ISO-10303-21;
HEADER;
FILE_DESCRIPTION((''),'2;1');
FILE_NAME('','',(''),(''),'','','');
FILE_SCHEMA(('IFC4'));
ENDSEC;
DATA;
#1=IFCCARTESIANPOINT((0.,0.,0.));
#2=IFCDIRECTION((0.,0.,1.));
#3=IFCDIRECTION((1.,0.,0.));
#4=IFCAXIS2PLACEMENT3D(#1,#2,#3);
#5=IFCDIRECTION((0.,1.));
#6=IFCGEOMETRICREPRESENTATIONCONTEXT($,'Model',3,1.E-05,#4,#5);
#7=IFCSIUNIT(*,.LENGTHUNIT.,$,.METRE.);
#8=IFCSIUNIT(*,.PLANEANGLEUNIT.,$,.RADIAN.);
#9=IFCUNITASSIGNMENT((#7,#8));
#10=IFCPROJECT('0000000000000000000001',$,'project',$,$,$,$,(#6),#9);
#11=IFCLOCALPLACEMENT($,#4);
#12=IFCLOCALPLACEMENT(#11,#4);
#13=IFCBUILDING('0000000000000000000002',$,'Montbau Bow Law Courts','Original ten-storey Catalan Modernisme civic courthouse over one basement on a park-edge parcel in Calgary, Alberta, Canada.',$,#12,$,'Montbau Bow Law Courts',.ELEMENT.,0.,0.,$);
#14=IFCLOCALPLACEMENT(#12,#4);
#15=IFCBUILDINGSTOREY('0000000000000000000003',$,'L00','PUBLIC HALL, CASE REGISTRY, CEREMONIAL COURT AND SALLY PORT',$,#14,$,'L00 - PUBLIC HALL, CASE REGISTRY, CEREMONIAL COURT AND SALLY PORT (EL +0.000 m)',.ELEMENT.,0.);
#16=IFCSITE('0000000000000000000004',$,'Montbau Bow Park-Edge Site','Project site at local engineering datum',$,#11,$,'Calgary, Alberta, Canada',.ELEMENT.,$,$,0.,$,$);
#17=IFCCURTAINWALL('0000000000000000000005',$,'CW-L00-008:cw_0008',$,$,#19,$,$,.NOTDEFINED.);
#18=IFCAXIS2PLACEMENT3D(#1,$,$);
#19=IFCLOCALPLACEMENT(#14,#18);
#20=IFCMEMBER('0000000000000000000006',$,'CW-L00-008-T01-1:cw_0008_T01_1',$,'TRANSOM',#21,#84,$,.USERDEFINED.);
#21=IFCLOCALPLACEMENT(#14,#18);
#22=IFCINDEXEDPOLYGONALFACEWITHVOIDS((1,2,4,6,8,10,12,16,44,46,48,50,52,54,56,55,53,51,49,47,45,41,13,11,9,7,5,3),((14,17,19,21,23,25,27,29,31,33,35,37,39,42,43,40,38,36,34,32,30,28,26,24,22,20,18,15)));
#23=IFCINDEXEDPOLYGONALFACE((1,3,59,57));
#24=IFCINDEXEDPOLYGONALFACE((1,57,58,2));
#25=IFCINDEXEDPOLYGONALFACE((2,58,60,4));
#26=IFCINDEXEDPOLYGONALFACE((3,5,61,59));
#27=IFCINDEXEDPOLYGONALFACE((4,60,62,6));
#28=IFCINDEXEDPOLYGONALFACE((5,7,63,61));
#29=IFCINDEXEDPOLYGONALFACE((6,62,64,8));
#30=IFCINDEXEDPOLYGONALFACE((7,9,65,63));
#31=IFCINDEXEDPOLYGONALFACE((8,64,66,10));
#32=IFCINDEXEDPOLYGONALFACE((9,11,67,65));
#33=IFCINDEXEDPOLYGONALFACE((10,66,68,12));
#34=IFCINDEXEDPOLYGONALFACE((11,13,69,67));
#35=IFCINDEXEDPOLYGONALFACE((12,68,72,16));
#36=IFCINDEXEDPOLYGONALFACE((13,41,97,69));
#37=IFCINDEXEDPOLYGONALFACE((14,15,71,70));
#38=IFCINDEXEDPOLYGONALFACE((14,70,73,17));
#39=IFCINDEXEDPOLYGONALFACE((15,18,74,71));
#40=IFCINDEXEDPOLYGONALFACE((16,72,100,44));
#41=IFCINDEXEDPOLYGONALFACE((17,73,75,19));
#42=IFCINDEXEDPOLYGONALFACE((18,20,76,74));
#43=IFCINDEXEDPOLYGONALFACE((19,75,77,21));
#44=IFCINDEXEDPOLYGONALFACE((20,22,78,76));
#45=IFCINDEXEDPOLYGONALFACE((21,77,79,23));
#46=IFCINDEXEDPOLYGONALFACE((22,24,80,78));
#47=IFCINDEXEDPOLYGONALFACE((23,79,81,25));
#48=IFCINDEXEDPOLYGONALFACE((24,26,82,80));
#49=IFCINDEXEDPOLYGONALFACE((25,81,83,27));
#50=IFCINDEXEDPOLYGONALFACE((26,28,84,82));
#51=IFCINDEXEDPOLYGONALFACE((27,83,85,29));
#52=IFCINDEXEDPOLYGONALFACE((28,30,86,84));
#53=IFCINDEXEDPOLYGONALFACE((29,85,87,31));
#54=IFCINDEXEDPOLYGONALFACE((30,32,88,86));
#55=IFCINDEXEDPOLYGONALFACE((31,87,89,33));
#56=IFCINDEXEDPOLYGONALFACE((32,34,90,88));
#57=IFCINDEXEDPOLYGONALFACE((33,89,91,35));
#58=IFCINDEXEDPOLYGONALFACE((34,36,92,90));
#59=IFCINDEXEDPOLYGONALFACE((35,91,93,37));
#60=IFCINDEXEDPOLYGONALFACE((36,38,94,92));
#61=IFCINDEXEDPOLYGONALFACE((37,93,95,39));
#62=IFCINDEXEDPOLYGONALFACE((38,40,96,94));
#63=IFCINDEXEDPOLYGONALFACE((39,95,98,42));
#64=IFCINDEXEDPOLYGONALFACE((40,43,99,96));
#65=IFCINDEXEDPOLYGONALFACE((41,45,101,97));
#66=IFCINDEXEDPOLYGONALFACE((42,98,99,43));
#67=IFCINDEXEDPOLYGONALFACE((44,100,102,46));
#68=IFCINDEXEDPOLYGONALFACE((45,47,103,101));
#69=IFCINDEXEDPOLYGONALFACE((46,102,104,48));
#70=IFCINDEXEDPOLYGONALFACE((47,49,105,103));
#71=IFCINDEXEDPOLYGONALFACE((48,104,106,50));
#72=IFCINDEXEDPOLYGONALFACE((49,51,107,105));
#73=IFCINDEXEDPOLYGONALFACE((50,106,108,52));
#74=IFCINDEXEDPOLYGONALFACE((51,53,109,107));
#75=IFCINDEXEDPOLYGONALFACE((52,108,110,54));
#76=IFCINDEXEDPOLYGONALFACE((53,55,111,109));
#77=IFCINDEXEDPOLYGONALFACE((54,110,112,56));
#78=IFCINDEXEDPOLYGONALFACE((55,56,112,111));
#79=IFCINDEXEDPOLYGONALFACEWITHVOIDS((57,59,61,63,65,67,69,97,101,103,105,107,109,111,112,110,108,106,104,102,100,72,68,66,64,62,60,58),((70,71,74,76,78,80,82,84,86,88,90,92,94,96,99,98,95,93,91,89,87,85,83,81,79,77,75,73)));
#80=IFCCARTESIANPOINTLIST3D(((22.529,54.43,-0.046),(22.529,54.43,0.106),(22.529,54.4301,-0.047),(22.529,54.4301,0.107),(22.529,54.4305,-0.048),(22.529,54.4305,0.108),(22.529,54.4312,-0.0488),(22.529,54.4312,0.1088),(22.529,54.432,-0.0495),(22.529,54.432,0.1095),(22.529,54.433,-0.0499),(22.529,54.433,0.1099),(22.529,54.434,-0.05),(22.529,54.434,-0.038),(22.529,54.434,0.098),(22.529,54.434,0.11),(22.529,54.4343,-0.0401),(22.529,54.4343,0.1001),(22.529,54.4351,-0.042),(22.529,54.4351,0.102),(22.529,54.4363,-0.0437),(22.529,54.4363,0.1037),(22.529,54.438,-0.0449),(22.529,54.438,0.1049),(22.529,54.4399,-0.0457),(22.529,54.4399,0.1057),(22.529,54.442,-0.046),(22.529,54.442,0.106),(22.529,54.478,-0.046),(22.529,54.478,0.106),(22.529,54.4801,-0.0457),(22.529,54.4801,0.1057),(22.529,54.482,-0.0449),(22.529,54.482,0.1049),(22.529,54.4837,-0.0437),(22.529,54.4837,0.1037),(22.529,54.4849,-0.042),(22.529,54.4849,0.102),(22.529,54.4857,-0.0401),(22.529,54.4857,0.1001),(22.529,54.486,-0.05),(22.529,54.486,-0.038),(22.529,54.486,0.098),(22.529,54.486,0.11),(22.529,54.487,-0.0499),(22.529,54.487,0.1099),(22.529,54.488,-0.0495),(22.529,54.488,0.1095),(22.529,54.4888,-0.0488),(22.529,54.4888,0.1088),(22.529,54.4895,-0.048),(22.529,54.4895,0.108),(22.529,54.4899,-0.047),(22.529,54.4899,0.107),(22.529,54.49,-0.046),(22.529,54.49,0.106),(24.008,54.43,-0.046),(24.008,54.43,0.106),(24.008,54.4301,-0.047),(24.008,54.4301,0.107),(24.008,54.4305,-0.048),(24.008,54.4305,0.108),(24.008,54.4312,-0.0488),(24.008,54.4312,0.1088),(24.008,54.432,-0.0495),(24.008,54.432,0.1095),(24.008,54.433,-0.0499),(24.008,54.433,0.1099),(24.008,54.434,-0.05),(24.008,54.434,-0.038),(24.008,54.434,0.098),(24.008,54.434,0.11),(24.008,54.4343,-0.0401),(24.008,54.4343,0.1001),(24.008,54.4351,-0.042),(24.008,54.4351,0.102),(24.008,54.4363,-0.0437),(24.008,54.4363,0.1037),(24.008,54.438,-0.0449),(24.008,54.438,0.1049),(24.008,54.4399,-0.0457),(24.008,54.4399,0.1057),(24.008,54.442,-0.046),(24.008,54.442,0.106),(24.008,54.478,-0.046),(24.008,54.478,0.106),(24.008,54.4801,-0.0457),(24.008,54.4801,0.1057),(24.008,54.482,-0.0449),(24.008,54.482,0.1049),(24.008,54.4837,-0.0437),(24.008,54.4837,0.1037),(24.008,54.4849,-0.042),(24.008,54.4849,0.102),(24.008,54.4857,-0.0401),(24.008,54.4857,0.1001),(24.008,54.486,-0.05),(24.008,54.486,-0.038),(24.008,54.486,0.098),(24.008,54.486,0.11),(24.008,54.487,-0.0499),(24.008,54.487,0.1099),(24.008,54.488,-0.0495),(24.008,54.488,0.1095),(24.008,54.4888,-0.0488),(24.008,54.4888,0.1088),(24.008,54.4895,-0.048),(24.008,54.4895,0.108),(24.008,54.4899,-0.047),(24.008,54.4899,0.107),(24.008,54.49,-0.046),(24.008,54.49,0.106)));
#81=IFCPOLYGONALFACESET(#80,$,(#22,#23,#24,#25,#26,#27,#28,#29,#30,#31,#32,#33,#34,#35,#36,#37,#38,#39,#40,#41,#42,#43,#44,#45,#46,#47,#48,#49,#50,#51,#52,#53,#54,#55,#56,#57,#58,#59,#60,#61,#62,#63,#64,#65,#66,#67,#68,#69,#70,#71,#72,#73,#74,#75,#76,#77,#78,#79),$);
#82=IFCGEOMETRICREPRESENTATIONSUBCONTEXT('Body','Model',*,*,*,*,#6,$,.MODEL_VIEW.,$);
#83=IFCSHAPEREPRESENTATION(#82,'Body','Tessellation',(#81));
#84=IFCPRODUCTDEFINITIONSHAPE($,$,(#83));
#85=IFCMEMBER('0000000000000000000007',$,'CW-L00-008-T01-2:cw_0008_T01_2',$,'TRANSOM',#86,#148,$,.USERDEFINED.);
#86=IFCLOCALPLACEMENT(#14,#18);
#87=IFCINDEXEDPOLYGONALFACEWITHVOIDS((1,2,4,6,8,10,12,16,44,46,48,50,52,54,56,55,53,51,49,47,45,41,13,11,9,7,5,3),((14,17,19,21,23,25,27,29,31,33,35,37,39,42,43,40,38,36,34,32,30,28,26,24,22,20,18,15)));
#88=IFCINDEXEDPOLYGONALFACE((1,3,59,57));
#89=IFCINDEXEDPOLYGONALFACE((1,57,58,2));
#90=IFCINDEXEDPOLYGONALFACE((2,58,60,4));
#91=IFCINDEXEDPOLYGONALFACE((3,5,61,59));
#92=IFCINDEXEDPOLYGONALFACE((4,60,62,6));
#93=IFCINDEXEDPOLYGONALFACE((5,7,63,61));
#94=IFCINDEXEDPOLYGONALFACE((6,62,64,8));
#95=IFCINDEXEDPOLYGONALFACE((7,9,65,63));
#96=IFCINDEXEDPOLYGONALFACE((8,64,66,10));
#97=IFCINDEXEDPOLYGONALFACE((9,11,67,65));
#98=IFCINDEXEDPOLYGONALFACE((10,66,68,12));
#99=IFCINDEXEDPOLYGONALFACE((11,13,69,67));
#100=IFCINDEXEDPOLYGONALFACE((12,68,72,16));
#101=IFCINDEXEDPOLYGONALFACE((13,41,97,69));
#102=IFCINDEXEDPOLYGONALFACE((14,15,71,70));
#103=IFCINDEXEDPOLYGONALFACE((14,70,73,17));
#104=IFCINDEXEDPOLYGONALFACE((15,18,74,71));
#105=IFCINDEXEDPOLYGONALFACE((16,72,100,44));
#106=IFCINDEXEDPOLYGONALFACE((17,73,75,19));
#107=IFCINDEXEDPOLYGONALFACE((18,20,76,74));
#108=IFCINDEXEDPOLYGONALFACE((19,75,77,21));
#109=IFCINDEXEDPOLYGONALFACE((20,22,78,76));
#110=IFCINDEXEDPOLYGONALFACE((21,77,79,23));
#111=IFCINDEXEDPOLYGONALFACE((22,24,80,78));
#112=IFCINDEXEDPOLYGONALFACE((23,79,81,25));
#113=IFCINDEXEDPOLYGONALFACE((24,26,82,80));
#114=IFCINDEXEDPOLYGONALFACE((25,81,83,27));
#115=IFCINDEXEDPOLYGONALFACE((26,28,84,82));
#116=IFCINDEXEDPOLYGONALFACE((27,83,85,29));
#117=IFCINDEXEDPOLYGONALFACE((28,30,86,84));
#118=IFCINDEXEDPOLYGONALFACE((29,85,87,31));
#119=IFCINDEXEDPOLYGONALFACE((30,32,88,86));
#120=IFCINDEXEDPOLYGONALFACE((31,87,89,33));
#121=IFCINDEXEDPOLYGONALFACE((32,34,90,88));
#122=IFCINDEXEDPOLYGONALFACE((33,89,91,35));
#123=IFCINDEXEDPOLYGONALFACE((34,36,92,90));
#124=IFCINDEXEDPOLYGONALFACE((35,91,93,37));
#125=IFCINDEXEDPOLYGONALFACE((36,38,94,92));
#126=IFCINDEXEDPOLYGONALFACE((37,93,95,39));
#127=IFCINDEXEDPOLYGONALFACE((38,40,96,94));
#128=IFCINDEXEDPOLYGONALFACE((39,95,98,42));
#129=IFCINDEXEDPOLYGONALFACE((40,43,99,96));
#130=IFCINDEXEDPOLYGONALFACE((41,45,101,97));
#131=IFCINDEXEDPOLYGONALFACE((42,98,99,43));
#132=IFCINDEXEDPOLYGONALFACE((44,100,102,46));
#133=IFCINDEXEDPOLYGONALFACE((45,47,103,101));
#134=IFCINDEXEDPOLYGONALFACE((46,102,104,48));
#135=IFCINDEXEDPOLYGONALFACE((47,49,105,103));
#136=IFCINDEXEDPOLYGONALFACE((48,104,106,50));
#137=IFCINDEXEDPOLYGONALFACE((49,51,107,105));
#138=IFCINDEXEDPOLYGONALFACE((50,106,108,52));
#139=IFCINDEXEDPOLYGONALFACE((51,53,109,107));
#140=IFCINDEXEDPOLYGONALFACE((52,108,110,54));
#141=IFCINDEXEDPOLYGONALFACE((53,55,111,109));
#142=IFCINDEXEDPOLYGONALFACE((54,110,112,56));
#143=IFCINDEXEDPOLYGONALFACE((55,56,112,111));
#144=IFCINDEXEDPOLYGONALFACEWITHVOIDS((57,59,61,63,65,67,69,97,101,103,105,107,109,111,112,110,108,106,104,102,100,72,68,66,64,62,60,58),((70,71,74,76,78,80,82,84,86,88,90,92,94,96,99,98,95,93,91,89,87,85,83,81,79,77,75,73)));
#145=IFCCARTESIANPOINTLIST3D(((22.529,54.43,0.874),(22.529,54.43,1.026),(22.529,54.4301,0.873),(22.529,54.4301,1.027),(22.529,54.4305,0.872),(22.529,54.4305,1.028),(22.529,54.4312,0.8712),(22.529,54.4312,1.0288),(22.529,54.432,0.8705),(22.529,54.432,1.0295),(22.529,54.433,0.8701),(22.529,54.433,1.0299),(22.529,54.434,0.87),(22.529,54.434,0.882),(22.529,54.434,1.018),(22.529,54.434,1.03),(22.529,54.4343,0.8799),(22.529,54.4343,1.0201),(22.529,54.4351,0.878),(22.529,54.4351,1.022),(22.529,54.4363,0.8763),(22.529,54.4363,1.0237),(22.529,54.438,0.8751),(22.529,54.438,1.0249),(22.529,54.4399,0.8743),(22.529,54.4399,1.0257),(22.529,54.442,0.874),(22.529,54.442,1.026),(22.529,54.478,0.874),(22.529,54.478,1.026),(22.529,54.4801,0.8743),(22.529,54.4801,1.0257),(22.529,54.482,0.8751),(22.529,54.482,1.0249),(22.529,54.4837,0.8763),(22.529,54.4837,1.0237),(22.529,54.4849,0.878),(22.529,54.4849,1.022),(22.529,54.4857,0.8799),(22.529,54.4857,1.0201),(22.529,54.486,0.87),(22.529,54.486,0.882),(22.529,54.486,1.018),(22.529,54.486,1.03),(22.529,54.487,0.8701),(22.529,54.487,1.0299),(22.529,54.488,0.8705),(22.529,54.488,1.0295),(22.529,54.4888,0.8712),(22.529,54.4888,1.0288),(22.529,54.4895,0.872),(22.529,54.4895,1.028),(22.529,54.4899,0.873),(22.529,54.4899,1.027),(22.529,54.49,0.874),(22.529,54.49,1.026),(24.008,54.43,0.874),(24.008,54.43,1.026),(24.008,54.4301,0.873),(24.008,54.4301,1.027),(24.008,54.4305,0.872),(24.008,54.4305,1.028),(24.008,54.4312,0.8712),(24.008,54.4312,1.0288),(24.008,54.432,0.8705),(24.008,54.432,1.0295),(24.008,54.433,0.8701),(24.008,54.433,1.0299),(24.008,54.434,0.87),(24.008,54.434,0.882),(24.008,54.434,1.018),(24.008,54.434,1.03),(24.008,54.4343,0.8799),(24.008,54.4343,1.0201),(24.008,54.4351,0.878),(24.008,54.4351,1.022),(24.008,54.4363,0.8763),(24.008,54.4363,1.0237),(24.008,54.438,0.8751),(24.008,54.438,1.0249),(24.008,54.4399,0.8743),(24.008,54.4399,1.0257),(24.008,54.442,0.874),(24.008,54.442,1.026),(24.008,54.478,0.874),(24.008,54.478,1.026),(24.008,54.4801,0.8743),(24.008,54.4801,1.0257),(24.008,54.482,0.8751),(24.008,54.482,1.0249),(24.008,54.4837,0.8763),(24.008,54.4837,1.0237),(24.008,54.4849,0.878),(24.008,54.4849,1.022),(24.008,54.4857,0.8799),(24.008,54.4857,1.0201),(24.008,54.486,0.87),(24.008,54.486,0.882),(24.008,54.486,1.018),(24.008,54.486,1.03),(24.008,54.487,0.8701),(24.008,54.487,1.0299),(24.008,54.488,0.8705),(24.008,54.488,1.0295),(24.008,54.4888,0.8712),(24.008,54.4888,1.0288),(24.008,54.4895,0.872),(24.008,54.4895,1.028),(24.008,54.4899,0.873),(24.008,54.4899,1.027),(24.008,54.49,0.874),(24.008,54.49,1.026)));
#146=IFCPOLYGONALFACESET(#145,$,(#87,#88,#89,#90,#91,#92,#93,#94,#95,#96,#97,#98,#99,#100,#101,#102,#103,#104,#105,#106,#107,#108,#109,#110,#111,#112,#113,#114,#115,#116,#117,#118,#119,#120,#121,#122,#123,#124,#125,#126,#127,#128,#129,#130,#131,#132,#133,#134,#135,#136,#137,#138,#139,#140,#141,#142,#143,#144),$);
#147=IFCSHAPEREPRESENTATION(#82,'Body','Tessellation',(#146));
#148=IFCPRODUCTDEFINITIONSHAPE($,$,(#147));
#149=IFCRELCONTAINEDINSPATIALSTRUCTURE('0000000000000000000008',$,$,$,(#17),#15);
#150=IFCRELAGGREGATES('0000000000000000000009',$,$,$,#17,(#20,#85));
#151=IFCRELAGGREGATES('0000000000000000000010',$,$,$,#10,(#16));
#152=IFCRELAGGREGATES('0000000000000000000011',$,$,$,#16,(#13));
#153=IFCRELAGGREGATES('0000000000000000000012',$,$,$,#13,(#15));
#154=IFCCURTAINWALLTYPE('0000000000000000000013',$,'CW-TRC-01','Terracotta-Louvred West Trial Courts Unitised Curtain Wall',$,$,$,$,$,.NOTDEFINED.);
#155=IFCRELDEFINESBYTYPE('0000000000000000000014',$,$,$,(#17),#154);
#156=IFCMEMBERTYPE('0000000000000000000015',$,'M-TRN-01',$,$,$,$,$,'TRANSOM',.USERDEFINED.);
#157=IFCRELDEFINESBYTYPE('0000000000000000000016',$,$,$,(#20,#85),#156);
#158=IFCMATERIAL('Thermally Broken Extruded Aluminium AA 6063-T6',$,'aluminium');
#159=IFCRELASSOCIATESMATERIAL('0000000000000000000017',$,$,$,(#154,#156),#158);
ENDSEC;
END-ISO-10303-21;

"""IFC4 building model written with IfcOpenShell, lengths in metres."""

from ifc_helpers import new_model, si_unit, direction, frame, origin_with_axes, origin_2d_with_axis, place, context, subcontext, project, spatial, hollow_rectangle, extrude, material, material_profile, profile_set, type_object, element, aggregate, save


model = new_model("IFC4")

# Units and contexts
model_context = context("Model", 3, precision=1e-05, world=origin_with_axes(), true_north=direction((0.0, 1.0)))
body_context = subcontext(model_context, "Body", "Model", "MODEL_VIEW")
ifc_project = project(units=[si_unit("LENGTHUNIT", "METRE"), si_unit("PLANEANGLEUNIT", "RADIAN")], contexts=[model_context])

# Site, building, storey
site_placement = place(None, origin_with_axes())
site = spatial("IfcSite", under=ifc_project, at=site_placement, Name="Montbau Bow Park-Edge Site", Description="Project site at local engineering datum", LongName="Calgary, Alberta, Canada", CompositionType="ELEMENT", RefElevation=0.0)
building_placement = place(site_placement, origin_with_axes())
building = spatial("IfcBuilding", under=site, at=building_placement, Name="Montbau Bow Law Courts", Description="Original ten-storey Catalan Modernisme civic courthouse over one basement on a park-edge parcel in Calgary, Alberta, Canada.", LongName="Montbau Bow Law Courts", CompositionType="ELEMENT", ElevationOfRefHeight=0.0, ElevationOfTerrain=0.0)
storey_placement = place(building_placement, origin_with_axes())
storey = spatial("IfcBuildingStorey", under=building, at=storey_placement, Name="L00", Description="PUBLIC HALL, CASE REGISTRY, CEREMONIAL COURT AND SALLY PORT", LongName="L00 - PUBLIC HALL, CASE REGISTRY, CEREMONIAL COURT AND SALLY PORT (EL +0.000 m)", CompositionType="ELEMENT", Elevation=0.0)

# Curtain wall, members
ifc_material_1 = material(Name="Thermally Broken Extruded Aluminium AA 6063-T6", Category="aluminium")
curtain_wall_type = type_object("IfcCurtainWallType", Name="CW-TRC-01", Description="Terracotta-Louvred West Trial Courts Unitised Curtain Wall", PredefinedType="NOTDEFINED", material=ifc_material_1)
curtain_wall_1_placement = place(None, frame((22.467, 54.46, 0.0), z_axis=(0.0, 0.0, 1.0), x_axis=(1.0, 0.0, 0.0)))
curtain_wall_1 = element("IfcCurtainWall", 1, at=curtain_wall_1_placement, inside=storey, type_object=curtain_wall_type, Name="CW-L00-008:cw_0008", PredefinedType="NOTDEFINED")
ifc_material_profile_1 = material_profile(ifc_material_1, hollow_rectangle(XDim=0.06, YDim=0.16, WallThickness=0.004, InnerFilletRadius=0.008, OuterFilletRadius=0.004, at=origin_2d_with_axis()), Name="CWT-160X60", Category="Main", Priority=0)
ifc_profile_set_1 = profile_set([ifc_material_profile_1], Name="Thermally Broken Extruded Aluminium AA 6063-T6")
member_type_1 = type_object("IfcMemberType", Name="M-TRN-01", ElementType="TRANSOM", PredefinedType="USERDEFINED", material=ifc_profile_set_1)
member_1_placement = place(None, frame((22.529, 54.46, 0.03), z_axis=(1.0, 0.0, 0.0), x_axis=(0.0, 1.0, 0.0)))
member_1 = element("IfcMember", 2, at=member_1_placement, type_object=member_type_1, Name="CW-L00-008-T01-1:cw_0008_T01_1", ObjectType="TRANSOM", PredefinedType="USERDEFINED", context=body_context, shape_type="SweptSolid", body=[
    extrude(hollow_rectangle(XDim=0.06, YDim=0.16, WallThickness=0.004, InnerFilletRadius=0.008, OuterFilletRadius=0.004, at=origin_2d_with_axis()), origin_with_axes(), (0.0, 0.0, 1.0), 1.479),
])
member_2_placement = place(None, frame((22.529, 54.46, 0.95), z_axis=(1.0, 0.0, 0.0), x_axis=(0.0, 1.0, 0.0)))
member_2 = element("IfcMember", 3, at=member_2_placement, type_object=member_type_1, Name="CW-L00-008-T01-2:cw_0008_T01_2", ObjectType="TRANSOM", PredefinedType="USERDEFINED", context=body_context, shape_type="SweptSolid", body=[
    extrude(hollow_rectangle(XDim=0.06, YDim=0.16, WallThickness=0.004, InnerFilletRadius=0.008, OuterFilletRadius=0.004, at=origin_2d_with_axis()), origin_with_axes(), (0.0, 0.0, 1.0), 1.479),
])

aggregate(curtain_wall_1, [member_1, member_2])

save(model, "model.ifc")
